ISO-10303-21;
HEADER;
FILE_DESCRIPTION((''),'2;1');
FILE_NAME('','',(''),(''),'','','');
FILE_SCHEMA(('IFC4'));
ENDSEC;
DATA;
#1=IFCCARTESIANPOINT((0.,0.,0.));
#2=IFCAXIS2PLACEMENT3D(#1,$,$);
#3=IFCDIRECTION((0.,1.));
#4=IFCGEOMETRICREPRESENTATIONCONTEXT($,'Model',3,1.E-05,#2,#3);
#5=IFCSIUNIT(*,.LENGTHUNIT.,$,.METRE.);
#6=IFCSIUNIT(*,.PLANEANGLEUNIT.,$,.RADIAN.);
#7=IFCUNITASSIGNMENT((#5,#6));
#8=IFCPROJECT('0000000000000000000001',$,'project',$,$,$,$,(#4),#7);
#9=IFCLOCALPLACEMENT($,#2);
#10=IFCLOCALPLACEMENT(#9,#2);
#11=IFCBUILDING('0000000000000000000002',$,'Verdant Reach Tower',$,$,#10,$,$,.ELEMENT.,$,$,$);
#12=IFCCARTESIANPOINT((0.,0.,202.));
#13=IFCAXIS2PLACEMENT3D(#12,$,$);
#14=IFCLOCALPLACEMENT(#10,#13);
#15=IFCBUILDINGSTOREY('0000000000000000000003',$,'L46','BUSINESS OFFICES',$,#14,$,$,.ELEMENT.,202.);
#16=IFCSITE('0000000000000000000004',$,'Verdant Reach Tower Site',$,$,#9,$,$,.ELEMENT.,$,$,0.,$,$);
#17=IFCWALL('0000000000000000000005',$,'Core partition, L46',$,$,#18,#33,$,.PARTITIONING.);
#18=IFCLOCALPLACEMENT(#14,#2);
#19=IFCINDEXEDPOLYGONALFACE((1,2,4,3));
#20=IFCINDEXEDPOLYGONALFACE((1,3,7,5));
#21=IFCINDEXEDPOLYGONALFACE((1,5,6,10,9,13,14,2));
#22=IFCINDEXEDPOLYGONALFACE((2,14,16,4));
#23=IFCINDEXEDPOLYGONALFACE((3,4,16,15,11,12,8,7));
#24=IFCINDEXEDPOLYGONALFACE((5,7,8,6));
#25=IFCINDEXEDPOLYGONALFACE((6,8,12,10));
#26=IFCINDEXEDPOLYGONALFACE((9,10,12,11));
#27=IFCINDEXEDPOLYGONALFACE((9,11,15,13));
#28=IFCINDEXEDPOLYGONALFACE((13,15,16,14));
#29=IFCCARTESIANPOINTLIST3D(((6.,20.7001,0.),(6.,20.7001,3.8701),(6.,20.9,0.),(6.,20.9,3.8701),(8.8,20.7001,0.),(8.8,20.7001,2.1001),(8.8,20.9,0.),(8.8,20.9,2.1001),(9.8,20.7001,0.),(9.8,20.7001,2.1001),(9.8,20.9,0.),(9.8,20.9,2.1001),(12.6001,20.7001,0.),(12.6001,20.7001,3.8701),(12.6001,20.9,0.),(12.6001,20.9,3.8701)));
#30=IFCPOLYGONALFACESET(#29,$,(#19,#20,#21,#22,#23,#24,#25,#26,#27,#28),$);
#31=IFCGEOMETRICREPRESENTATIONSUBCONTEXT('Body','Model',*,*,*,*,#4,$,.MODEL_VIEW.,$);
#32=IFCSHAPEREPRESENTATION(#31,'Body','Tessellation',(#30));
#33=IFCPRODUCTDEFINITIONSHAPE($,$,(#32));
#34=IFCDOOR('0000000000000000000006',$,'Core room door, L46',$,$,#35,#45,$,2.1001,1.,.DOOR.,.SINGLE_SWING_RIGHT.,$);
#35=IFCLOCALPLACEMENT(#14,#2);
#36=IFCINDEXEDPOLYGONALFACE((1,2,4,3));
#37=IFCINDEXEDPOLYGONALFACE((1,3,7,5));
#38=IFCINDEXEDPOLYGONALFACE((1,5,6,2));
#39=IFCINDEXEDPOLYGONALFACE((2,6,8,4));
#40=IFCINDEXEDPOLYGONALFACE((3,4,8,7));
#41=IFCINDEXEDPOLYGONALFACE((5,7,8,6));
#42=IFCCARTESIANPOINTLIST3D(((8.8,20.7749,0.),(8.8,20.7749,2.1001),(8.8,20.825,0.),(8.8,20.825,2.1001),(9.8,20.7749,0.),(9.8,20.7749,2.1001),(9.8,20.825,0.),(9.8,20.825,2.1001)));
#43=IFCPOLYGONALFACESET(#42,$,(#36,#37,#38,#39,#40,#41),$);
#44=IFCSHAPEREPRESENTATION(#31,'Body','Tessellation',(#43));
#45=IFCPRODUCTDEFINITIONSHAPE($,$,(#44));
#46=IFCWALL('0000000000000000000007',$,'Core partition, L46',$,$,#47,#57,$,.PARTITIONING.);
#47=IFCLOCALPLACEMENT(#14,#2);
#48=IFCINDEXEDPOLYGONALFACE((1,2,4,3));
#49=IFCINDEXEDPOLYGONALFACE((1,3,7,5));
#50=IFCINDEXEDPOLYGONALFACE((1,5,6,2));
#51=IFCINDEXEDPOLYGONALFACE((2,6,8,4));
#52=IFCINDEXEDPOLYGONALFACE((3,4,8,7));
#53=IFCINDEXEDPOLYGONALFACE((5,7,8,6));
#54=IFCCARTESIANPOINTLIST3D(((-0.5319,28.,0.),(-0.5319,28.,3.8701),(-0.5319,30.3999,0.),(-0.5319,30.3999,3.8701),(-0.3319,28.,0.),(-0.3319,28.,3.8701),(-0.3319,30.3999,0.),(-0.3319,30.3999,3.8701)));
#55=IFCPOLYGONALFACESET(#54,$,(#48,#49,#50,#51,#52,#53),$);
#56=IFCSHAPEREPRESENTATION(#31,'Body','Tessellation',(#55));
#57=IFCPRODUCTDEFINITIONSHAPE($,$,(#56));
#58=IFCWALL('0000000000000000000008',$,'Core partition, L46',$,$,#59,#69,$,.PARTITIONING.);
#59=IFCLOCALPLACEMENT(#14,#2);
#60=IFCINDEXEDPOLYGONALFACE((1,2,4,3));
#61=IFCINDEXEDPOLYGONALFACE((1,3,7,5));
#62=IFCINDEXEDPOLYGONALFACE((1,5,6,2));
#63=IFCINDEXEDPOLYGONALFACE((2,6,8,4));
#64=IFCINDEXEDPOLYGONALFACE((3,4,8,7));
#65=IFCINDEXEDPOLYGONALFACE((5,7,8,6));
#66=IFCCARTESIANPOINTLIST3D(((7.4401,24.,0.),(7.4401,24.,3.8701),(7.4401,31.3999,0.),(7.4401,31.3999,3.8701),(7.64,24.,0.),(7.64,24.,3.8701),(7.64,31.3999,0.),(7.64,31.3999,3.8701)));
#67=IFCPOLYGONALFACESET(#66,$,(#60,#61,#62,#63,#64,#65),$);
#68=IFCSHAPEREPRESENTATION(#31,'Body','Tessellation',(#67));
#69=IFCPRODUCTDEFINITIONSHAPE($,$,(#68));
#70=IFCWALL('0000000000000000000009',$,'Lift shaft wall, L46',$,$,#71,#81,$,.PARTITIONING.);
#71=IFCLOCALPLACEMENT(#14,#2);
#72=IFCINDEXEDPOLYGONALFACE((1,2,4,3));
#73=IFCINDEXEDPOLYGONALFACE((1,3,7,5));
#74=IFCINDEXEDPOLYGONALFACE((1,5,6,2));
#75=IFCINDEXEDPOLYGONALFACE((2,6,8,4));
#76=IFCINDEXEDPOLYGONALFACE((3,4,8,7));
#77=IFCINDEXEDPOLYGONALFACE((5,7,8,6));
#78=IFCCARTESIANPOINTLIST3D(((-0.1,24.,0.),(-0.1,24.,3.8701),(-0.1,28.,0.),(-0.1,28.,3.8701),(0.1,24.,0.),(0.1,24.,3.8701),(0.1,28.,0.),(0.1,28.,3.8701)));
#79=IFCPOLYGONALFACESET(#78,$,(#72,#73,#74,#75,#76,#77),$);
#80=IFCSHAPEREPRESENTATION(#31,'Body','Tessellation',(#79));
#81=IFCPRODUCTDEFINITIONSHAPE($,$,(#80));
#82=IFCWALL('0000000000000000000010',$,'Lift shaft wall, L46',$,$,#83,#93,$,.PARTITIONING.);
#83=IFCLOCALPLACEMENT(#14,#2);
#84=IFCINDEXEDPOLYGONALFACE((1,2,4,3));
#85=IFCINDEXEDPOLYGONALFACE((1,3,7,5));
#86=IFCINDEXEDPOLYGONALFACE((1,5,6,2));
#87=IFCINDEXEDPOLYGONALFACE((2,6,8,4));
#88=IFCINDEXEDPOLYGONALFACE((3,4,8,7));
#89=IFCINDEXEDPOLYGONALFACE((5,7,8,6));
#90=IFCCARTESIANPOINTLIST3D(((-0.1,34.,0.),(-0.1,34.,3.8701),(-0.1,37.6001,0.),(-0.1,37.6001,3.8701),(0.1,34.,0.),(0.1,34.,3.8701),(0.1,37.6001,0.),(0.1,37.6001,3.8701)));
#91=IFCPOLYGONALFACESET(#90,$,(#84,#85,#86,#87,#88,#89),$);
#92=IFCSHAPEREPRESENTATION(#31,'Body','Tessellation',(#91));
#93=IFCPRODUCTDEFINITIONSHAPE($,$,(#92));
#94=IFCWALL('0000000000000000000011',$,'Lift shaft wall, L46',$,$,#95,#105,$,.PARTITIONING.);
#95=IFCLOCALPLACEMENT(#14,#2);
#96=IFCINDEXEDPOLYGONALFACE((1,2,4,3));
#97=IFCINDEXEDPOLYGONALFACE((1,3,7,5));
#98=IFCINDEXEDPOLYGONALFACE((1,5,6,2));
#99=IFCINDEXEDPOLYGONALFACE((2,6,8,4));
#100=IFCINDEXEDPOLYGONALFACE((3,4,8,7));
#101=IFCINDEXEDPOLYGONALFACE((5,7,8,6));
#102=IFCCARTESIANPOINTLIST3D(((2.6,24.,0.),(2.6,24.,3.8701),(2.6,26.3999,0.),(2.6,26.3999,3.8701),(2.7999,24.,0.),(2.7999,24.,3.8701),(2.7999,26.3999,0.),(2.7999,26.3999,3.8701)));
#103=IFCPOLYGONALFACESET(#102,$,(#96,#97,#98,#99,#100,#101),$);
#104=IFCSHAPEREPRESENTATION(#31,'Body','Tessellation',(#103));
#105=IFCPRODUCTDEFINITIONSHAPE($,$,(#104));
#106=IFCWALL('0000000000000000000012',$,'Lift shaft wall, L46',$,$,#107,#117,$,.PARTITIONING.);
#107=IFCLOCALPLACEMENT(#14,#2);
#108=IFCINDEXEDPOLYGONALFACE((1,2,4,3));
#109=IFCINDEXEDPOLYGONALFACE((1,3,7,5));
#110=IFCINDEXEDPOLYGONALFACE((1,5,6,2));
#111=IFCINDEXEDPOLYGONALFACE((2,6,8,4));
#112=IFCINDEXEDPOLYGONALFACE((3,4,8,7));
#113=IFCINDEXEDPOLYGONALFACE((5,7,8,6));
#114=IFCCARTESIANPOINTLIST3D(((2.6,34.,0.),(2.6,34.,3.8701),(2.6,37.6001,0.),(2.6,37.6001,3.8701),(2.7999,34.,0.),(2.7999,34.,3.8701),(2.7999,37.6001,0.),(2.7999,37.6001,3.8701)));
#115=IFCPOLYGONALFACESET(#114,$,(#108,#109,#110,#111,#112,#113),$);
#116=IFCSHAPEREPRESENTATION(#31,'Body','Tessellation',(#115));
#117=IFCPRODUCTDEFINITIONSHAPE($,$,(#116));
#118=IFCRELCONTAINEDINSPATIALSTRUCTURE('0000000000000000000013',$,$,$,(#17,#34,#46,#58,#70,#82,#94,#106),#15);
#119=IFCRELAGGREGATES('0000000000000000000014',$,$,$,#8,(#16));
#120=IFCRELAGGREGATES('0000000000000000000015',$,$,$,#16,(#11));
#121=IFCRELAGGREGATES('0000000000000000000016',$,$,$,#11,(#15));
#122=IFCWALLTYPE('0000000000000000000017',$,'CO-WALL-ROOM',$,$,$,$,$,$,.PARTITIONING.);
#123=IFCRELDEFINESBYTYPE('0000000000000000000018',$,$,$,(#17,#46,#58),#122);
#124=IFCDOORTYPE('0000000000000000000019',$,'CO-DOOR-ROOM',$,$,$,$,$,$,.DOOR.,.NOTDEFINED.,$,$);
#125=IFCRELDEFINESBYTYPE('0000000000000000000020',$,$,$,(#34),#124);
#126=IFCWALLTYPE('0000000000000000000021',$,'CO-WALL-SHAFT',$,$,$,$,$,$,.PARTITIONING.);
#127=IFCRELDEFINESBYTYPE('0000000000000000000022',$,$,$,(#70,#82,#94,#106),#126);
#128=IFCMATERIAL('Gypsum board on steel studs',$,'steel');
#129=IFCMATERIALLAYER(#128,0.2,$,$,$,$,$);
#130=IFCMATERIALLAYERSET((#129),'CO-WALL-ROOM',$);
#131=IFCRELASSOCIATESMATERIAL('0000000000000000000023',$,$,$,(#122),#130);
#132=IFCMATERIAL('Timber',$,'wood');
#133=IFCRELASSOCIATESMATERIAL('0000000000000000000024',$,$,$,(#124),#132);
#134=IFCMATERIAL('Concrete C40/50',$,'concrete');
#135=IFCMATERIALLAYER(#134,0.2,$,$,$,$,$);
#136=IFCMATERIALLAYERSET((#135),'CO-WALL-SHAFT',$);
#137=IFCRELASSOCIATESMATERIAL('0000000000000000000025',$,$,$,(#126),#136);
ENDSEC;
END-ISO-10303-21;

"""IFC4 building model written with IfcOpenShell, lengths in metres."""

from ifc_helpers import new_model, si_unit, direction, frame, frame_2d, origin, place, context, subcontext, project, spatial, rectangle, extrude, material, layer, layer_set, type_object, element, fill, save


model = new_model("IFC4")

# Units and contexts
model_context = context("Model", 3, precision=1e-05, world=origin(), true_north=direction((0.0, 1.0)))
body_context = subcontext(model_context, "Body", "Model", "MODEL_VIEW")
ifc_project = project(units=[si_unit("LENGTHUNIT", "METRE"), si_unit("PLANEANGLEUNIT", "RADIAN")], contexts=[model_context])

# Site, building, storey
site_placement = place(None, origin())
site = spatial("IfcSite", under=ifc_project, at=site_placement, Name="Verdant Reach Tower Site", CompositionType="ELEMENT", RefElevation=0.0)
building_placement = place(site_placement, origin())
building = spatial("IfcBuilding", under=site, at=building_placement, Name="Verdant Reach Tower", CompositionType="ELEMENT")
storey_placement = place(building_placement, frame((0.0, 0.0, 202.0)))
storey = spatial("IfcBuildingStorey", under=building, at=storey_placement, Name="L46", Description="BUSINESS OFFICES", CompositionType="ELEMENT", Elevation=202.0)

# Wall, opening, door
ifc_material_1 = material(Name="Gypsum board on steel studs", Category="steel")
ifc_layer_1 = layer(ifc_material_1, 0.2)
ifc_layer_set_1 = layer_set([ifc_layer_1], Name="CO-WALL-ROOM")
wall_type_1 = type_object("IfcWallType", Name="CO-WALL-ROOM", PredefinedType="PARTITIONING", material=ifc_layer_set_1)
wall_1_placement = place(storey_placement, frame((6.0, 20.8, 0.0), z_axis=(0.0, 0.0, 1.0), x_axis=(1.0, 0.0, 0.0)))
wall_1 = element("IfcWall", 1, at=wall_1_placement, inside=storey, type_object=wall_type_1, Name="Core partition, L46", PredefinedType="PARTITIONING", context=body_context, shape_type="SweptSolid", body=[
    extrude(rectangle(XDim=6.6001, YDim=0.2, at=frame_2d((3.3, 0.0))), origin(), (0.0, 0.0, 1.0), 3.8701),
])
opening_1_placement = place(wall_1_placement, frame((2.8, 0.0, 0.0)))
opening_1 = element("IfcOpeningElement", 2, at=opening_1_placement, cuts=wall_1, PredefinedType="OPENING", context=body_context, shape_type="SweptSolid", body=[
    extrude(rectangle(XDim=1.0, YDim=2.1001, at=frame_2d((0.5, 1.05))), frame((0.0, 0.1099, 0.0), z_axis=(0.0, -1.0, 0.0), x_axis=(1.0, 0.0, 0.0)), (0.0, 0.0, 1.0), 0.22),
])
ifc_material_2 = material(Name="Timber", Category="wood")
door_type_1 = type_object("IfcDoorType", Name="CO-DOOR-ROOM", OperationType="NOTDEFINED", PredefinedType="DOOR", material=ifc_material_2)
door_1_placement = place(opening_1_placement, origin())
door_1 = element("IfcDoor", 3, at=door_1_placement, inside=storey, type_object=door_type_1, Name="Core room door, L46", OperationType="SINGLE_SWING_RIGHT", OverallHeight=2.1001, OverallWidth=1.0, PredefinedType="DOOR", context=body_context, shape_type="SweptSolid", body=[
    extrude(rectangle(XDim=1.0, YDim=2.1001, at=frame_2d((0.5, 1.05))), frame((0.0, 0.0249, 0.0), z_axis=(0.0, -1.0, 0.0), x_axis=(1.0, 0.0, 0.0)), (0.0, 0.0, 1.0), 0.05),
])
fill(opening_1, door_1)

# Walls
wall_2_placement = place(storey_placement, frame((-0.4319, 28.0, 0.0), z_axis=(0.0, 0.0, 1.0), x_axis=(0.0, 1.0, 0.0)))
element("IfcWall", 4, at=wall_2_placement, inside=storey, type_object=wall_type_1, Name="Core partition, L46", PredefinedType="PARTITIONING", context=body_context, shape_type="SweptSolid", body=[
    extrude(rectangle(XDim=2.3999, YDim=0.2, at=frame_2d((1.2, 0.0))), origin(), (0.0, 0.0, 1.0), 3.8701),
])
wall_3_placement = place(storey_placement, frame((7.54, 24.0, 0.0), z_axis=(0.0, 0.0, 1.0), x_axis=(0.0, 1.0, 0.0)))
element("IfcWall", 5, at=wall_3_placement, inside=storey, type_object=wall_type_1, Name="Core partition, L46", PredefinedType="PARTITIONING", context=body_context, shape_type="SweptSolid", body=[
    extrude(rectangle(XDim=7.3999, YDim=0.2, at=frame_2d((3.7, 0.0))), origin(), (0.0, 0.0, 1.0), 3.8701),
])
ifc_material_3 = material(Name="Concrete C40/50", Category="concrete")
ifc_layer_2 = layer(ifc_material_3, 0.2)
ifc_layer_set_2 = layer_set([ifc_layer_2], Name="CO-WALL-SHAFT")
wall_type_2 = type_object("IfcWallType", Name="CO-WALL-SHAFT", PredefinedType="PARTITIONING", material=ifc_layer_set_2)
wall_4_placement = place(storey_placement, frame((0.0, 24.0, 0.0), z_axis=(0.0, 0.0, 1.0), x_axis=(0.0, 1.0, 0.0)))
element("IfcWall", 6, at=wall_4_placement, inside=storey, type_object=wall_type_2, Name="Lift shaft wall, L46", PredefinedType="PARTITIONING", context=body_context, shape_type="SweptSolid", body=[
    extrude(rectangle(XDim=4.0, YDim=0.2, at=frame_2d((2.0, 0.0))), origin(), (0.0, 0.0, 1.0), 3.8701),
])
wall_5_placement = place(storey_placement, frame((0.0, 34.0, 0.0), z_axis=(0.0, 0.0, 1.0), x_axis=(0.0, 1.0, 0.0)))
element("IfcWall", 7, at=wall_5_placement, inside=storey, type_object=wall_type_2, Name="Lift shaft wall, L46", PredefinedType="PARTITIONING", context=body_context, shape_type="SweptSolid", body=[
    extrude(rectangle(XDim=3.6001, YDim=0.2, at=frame_2d((1.8, 0.0))), origin(), (0.0, 0.0, 1.0), 3.8701),
])
wall_6_placement = place(storey_placement, frame((2.7, 24.0, 0.0), z_axis=(0.0, 0.0, 1.0), x_axis=(0.0, 1.0, 0.0)))
element("IfcWall", 8, at=wall_6_placement, inside=storey, type_object=wall_type_2, Name="Lift shaft wall, L46", PredefinedType="PARTITIONING", context=body_context, shape_type="SweptSolid", body=[
    extrude(rectangle(XDim=2.3999, YDim=0.2, at=frame_2d((1.2, 0.0))), origin(), (0.0, 0.0, 1.0), 3.8701),
])
wall_7_placement = place(storey_placement, frame((2.7, 34.0, 0.0), z_axis=(0.0, 0.0, 1.0), x_axis=(0.0, 1.0, 0.0)))
element("IfcWall", 9, at=wall_7_placement, inside=storey, type_object=wall_type_2, Name="Lift shaft wall, L46", PredefinedType="PARTITIONING", context=body_context, shape_type="SweptSolid", body=[
    extrude(rectangle(XDim=3.6001, YDim=0.2, at=frame_2d((1.8, 0.0))), origin(), (0.0, 0.0, 1.0), 3.8701),
])

save(model, "model.ifc")
